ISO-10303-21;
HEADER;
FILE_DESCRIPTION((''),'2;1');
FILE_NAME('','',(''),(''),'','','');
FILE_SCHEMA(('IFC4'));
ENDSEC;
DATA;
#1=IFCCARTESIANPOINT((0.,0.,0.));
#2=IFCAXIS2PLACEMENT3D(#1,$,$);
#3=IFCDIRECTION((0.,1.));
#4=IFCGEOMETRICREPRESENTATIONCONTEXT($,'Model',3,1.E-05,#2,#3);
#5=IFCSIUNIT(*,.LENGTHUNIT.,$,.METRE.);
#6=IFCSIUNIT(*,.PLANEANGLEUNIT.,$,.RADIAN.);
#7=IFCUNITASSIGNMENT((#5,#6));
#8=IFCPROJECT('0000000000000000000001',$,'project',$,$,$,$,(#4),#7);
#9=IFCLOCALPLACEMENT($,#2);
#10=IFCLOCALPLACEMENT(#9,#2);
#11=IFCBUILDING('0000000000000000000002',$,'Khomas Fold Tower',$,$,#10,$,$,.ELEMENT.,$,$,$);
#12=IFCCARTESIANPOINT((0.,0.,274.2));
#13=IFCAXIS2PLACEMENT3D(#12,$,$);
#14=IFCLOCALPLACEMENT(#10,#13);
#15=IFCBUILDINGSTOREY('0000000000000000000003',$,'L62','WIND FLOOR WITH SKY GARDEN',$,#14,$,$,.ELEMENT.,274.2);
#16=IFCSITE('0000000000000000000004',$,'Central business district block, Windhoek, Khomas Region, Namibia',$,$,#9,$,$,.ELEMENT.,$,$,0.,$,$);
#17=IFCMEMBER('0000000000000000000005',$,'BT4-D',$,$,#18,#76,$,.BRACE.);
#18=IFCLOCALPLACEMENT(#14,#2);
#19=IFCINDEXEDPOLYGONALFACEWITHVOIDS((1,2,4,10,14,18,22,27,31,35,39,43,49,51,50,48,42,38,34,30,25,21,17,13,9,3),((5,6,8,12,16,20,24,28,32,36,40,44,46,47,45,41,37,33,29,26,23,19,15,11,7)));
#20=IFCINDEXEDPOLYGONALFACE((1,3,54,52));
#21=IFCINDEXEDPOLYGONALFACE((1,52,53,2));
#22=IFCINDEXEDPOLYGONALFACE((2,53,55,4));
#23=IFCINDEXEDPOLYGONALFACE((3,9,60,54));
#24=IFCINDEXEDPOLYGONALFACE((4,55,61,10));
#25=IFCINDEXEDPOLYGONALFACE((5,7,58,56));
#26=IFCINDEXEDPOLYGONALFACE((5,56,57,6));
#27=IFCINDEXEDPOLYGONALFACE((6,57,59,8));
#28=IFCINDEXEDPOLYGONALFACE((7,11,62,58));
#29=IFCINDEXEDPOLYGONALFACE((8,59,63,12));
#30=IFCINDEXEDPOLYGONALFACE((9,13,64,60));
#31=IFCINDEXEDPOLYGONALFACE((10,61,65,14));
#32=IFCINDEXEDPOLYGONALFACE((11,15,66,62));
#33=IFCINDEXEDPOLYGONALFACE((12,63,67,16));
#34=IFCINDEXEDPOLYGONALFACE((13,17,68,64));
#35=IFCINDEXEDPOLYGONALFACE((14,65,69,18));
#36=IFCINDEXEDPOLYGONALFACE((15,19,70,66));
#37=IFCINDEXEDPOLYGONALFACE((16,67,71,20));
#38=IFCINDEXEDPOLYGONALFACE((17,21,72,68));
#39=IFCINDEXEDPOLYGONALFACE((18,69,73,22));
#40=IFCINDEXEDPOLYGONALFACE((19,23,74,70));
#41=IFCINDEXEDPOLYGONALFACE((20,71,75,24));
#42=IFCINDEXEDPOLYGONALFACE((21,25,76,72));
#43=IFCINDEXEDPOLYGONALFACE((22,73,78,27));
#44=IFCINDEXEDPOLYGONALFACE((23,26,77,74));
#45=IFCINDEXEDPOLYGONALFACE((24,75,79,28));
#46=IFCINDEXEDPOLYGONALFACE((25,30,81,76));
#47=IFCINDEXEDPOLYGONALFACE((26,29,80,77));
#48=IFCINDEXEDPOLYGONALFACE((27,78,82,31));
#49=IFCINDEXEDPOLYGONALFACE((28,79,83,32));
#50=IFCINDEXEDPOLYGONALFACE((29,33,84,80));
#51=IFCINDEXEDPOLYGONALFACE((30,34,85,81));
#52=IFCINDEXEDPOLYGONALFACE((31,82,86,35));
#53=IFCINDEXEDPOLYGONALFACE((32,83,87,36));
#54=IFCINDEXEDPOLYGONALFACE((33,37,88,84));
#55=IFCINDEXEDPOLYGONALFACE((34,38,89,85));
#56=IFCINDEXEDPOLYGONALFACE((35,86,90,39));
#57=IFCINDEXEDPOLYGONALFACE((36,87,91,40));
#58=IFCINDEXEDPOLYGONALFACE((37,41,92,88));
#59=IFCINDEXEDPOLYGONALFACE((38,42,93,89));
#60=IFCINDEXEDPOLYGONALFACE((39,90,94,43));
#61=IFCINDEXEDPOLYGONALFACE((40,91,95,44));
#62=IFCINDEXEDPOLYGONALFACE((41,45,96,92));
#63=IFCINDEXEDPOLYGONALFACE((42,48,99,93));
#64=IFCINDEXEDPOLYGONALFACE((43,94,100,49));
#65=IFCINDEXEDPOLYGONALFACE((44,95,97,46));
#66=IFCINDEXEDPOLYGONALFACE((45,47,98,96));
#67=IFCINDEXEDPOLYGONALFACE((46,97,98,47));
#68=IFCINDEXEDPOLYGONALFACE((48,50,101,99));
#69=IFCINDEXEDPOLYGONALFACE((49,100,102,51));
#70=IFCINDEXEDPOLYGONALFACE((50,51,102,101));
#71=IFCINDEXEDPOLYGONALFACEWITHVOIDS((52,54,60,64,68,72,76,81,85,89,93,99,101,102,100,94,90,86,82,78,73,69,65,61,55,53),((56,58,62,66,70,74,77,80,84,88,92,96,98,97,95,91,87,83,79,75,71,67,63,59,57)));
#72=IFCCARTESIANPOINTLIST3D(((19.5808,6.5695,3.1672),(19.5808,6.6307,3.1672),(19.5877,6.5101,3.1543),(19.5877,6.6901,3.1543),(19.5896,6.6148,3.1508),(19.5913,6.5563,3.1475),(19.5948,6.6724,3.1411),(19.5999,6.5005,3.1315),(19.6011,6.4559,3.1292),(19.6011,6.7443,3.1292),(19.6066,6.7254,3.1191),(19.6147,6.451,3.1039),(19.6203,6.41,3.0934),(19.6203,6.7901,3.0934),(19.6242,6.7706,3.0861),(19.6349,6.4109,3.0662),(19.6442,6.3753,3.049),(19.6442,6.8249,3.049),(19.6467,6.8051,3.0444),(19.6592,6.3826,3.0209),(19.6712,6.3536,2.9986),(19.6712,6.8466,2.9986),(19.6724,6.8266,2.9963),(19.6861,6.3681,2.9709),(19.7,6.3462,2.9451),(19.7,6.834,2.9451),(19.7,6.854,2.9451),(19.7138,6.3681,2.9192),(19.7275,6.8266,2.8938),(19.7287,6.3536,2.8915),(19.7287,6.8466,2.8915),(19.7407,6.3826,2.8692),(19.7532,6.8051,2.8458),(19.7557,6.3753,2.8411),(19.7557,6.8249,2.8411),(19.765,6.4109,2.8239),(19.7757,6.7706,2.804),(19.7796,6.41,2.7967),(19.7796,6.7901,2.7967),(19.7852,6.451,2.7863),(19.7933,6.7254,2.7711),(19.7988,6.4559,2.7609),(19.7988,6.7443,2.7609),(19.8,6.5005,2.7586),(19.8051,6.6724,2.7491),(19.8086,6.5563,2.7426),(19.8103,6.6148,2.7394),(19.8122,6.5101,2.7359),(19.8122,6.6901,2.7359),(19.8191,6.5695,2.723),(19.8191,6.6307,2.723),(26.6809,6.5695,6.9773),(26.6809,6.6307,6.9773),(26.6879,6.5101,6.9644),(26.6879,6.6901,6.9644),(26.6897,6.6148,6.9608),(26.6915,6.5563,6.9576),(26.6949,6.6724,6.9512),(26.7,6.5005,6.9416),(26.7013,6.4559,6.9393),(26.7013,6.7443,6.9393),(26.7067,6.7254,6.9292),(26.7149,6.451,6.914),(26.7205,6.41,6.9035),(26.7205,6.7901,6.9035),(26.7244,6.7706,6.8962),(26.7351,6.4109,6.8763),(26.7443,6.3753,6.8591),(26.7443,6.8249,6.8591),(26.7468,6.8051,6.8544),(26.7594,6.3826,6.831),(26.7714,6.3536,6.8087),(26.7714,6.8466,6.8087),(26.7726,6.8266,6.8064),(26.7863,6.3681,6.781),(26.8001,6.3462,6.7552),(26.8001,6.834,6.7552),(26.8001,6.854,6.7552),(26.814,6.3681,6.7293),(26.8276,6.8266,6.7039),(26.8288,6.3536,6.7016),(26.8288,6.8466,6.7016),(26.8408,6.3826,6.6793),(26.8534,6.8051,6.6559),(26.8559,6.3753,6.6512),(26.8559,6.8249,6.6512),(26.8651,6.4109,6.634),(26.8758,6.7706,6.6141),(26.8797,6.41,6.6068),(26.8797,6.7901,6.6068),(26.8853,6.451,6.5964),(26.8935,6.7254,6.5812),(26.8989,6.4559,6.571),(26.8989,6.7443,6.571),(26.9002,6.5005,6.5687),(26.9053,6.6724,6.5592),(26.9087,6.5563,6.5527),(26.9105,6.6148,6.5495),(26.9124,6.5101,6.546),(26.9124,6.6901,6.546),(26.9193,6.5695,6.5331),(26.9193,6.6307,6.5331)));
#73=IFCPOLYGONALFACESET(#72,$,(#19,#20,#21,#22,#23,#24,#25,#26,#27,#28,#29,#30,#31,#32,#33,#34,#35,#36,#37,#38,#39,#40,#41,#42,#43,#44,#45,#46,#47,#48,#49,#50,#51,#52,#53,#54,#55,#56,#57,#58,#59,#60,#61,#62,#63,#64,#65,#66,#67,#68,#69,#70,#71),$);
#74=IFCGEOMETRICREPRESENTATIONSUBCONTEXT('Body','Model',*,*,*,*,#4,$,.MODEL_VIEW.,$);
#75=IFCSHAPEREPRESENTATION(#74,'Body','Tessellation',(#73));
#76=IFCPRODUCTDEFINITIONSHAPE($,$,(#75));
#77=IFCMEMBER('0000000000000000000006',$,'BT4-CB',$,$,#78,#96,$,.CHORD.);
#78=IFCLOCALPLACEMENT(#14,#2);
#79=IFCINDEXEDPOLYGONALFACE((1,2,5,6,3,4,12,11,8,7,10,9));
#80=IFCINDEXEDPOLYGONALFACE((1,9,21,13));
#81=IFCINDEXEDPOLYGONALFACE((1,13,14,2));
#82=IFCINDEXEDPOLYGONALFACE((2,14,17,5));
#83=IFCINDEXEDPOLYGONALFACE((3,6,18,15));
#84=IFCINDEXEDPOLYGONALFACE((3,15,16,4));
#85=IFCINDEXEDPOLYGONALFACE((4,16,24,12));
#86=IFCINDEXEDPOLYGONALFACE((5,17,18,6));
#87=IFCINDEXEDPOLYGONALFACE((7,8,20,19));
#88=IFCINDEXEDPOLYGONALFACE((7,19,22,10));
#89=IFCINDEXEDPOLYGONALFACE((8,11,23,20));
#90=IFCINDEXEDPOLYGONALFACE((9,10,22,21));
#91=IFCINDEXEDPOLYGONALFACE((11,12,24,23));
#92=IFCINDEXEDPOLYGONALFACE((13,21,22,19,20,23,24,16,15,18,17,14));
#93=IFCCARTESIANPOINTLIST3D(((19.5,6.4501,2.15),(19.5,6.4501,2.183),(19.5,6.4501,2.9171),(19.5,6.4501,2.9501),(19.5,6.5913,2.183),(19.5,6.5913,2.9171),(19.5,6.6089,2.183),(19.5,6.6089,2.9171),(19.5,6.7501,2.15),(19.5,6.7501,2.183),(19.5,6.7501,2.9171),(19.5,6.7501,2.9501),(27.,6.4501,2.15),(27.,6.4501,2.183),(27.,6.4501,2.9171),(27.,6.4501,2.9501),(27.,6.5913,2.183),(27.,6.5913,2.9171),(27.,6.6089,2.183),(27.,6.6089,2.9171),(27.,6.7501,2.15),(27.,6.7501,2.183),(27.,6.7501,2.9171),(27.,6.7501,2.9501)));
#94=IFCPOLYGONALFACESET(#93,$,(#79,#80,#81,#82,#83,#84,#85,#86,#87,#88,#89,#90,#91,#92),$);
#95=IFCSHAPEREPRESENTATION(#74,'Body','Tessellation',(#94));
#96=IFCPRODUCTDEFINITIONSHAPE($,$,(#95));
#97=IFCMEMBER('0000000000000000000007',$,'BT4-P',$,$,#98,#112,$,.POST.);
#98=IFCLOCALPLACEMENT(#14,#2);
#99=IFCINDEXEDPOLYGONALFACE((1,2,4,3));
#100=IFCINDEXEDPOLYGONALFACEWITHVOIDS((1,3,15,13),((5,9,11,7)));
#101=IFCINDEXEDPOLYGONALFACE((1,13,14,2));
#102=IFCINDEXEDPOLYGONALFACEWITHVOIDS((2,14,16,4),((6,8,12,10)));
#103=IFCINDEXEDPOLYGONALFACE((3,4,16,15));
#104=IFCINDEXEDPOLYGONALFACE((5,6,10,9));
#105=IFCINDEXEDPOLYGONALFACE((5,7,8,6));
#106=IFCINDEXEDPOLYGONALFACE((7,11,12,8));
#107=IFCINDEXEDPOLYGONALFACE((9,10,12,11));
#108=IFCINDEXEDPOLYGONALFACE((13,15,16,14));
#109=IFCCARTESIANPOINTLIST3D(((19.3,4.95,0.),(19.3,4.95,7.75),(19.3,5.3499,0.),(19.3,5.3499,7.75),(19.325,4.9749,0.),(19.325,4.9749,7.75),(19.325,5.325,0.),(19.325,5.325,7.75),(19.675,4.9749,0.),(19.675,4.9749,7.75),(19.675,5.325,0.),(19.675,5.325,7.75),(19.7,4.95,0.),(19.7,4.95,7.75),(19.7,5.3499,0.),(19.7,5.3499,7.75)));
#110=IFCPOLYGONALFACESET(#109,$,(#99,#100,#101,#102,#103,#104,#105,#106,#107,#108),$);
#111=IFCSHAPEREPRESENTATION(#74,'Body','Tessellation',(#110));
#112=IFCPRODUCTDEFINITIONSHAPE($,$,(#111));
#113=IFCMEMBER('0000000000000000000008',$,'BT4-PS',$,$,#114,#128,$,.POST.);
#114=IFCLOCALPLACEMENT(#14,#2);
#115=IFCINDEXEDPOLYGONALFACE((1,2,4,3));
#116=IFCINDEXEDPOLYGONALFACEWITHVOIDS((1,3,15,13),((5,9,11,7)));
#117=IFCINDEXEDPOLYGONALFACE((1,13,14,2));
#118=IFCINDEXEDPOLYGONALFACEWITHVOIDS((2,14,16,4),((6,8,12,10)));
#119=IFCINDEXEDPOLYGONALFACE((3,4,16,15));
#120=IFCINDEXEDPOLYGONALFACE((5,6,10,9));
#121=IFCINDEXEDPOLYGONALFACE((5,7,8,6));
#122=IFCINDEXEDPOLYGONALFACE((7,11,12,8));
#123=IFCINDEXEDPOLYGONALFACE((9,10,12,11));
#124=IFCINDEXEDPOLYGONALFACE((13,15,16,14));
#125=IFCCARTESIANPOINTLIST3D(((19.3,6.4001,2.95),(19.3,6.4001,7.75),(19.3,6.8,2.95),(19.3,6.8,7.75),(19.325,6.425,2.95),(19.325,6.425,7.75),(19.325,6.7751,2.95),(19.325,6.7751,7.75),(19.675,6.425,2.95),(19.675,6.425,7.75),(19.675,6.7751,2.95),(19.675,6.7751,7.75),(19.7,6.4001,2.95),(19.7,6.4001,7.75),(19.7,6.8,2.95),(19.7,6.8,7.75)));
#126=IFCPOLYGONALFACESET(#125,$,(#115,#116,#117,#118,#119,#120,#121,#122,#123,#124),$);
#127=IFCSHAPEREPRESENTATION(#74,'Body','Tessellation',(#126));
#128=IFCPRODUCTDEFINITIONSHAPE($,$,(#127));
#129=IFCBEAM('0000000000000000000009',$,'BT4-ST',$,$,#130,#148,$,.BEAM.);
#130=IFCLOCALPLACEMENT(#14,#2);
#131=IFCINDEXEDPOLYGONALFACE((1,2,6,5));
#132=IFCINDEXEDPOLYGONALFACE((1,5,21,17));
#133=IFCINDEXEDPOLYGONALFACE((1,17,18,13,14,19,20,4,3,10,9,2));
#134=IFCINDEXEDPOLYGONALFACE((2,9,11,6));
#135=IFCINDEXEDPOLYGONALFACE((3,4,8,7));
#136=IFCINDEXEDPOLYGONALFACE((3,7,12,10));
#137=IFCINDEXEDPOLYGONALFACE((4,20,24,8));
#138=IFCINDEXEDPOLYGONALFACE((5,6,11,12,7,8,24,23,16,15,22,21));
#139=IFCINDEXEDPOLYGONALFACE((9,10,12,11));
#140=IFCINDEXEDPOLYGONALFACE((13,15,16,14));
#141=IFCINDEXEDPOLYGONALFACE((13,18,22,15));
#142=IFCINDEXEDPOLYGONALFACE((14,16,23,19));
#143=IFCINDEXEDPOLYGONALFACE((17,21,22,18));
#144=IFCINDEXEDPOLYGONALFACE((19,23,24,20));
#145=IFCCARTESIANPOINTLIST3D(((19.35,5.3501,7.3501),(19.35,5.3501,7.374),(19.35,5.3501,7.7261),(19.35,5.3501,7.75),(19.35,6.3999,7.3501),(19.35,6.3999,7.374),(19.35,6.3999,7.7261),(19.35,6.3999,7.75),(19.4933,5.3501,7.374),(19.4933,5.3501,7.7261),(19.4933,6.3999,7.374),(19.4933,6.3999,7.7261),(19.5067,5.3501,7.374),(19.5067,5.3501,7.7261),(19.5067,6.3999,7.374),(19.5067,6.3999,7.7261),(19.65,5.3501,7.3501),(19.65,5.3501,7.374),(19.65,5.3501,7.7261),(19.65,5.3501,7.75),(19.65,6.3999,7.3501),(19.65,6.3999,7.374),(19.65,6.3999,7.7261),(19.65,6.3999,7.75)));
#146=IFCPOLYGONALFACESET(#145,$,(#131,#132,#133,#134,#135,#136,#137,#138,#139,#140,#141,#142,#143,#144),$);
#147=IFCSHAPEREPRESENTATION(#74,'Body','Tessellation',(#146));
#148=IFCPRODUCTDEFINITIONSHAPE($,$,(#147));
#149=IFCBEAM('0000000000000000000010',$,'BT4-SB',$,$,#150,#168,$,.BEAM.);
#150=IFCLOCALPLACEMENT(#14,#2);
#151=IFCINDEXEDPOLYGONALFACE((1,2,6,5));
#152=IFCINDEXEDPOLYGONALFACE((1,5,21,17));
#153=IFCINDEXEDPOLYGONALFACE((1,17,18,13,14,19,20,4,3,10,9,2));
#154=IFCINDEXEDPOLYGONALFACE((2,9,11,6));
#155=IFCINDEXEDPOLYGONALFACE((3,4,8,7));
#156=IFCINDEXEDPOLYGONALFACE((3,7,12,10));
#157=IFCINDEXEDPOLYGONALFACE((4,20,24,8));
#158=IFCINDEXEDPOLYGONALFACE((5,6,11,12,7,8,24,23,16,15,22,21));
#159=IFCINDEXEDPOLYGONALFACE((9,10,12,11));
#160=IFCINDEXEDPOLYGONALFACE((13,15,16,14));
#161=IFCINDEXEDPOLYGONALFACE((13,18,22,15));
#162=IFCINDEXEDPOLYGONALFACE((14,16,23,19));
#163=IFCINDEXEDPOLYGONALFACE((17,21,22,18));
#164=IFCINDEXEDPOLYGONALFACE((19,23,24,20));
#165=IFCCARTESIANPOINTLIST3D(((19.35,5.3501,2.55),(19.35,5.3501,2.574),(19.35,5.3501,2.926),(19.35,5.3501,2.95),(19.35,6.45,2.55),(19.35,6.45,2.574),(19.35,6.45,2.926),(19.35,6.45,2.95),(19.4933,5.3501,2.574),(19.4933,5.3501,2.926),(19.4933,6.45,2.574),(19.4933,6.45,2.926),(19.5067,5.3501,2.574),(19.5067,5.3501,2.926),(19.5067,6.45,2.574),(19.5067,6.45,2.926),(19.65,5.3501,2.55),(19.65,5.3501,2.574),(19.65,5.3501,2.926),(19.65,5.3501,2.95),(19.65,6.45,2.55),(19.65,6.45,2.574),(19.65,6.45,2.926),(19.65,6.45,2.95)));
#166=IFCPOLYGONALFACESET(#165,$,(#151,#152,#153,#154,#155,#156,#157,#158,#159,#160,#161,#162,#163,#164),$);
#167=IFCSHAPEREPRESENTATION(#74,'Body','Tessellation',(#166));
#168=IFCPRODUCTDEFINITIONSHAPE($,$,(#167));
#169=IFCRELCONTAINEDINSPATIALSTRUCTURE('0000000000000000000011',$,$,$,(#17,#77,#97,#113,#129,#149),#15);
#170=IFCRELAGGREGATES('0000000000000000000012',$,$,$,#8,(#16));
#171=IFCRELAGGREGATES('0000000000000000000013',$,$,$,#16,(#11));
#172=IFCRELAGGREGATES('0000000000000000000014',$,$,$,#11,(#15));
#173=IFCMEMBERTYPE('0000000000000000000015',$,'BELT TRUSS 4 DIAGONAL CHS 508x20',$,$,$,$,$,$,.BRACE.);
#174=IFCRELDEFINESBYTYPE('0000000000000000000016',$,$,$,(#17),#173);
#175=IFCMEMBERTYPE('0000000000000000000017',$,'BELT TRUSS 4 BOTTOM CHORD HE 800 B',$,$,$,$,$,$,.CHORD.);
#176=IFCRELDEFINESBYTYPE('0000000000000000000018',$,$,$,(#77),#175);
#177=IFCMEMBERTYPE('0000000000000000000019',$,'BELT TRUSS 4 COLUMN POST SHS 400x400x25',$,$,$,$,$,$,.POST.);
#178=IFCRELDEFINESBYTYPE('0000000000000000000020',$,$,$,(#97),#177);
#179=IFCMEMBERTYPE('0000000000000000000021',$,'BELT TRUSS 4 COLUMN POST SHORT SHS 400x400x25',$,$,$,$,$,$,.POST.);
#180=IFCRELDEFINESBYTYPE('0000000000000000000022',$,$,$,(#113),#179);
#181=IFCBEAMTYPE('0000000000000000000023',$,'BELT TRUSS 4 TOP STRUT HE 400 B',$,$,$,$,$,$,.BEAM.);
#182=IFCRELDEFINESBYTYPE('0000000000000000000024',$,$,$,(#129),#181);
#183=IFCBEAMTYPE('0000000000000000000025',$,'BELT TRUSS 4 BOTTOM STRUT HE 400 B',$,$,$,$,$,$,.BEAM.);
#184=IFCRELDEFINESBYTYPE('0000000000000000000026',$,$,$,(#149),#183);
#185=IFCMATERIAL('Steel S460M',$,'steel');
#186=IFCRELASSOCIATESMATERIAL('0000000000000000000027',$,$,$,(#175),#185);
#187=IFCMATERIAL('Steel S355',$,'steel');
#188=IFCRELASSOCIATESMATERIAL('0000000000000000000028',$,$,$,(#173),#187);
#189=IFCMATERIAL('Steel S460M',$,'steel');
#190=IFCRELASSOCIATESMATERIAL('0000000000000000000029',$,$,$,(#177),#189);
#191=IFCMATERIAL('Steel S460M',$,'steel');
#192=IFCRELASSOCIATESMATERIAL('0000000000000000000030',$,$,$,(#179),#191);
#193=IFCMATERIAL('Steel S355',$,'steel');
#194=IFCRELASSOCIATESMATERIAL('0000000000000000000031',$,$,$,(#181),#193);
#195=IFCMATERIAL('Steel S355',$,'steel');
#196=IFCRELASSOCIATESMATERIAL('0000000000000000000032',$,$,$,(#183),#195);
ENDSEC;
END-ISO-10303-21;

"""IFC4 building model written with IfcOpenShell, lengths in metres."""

from ifc_helpers import new_model, si_unit, direction, frame, origin, origin_2d, place, context, subcontext, project, spatial, hollow_rectangle, hollow_circle, i_section, extrude, source, transform, mapped, material, material_profile, profile_set, type_object, element, save


model = new_model("IFC4")

# Units and contexts
model_context = context("Model", 3, precision=1e-05, world=origin(), true_north=direction((0.0, 1.0)))
body_context = subcontext(model_context, "Body", "Model", "MODEL_VIEW")
ifc_project = project(units=[si_unit("LENGTHUNIT", "METRE"), si_unit("PLANEANGLEUNIT", "RADIAN")], contexts=[model_context])

# Site, building, storey
site_placement = place(None, origin())
site = spatial("IfcSite", under=ifc_project, at=site_placement, Name="Central business district block, Windhoek, Khomas Region, Namibia", CompositionType="ELEMENT", RefElevation=0.0)
building_placement = place(site_placement, origin())
building = spatial("IfcBuilding", under=site, at=building_placement, Name="Khomas Fold Tower", CompositionType="ELEMENT")
storey_placement = place(building_placement, frame((0.0, 0.0, 274.2)))
storey = spatial("IfcBuildingStorey", under=building, at=storey_placement, Name="L62", Description="WIND FLOOR WITH SKY GARDEN", CompositionType="ELEMENT", Elevation=274.2)

# Members
ifc_material_1 = material(Name="Steel S460M", Category="steel")
ifc_material_profile_1 = material_profile(ifc_material_1, i_section(OverallWidth=0.3, OverallDepth=0.8, WebThickness=0.0176, FlangeThickness=0.033, at=origin_2d()), Name="HE 800 B")
ifc_profile_set_1 = profile_set([ifc_material_profile_1], Name="Steel S460M")
member_type_1 = type_object("IfcMemberType", Name="BELT TRUSS 4 BOTTOM CHORD HE 800 B", PredefinedType="CHORD", material=ifc_profile_set_1)
ifc_material_2 = material(Name="Steel S355", Category="steel")
ifc_material_profile_2 = material_profile(ifc_material_2, hollow_circle(Radius=0.2539, WallThickness=0.02, at=origin_2d()), Name="CHS 508x20")
ifc_profile_set_2 = profile_set([ifc_material_profile_2], Name="Steel S355")
member_type_2 = type_object("IfcMemberType", Name="BELT TRUSS 4 DIAGONAL CHS 508x20", PredefinedType="BRACE", material=ifc_profile_set_2)
shared_shape_1 = source(origin(), body_context, "Body", "SweptSolid", [
    extrude(hollow_circle(Radius=0.2539, WallThickness=0.02, at=origin_2d()), origin(), (0.0, 0.0, 1.0), 8.0579),
])
for number, where, z_axis, x_axis, name in (
    (1, (19.7, 6.6001, 2.9451), (0.881147, 0.0, 0.472842), (0.0, 1.0, 0.0), "BT4-D"),
):
    element("IfcMember", number, at=place(storey_placement, frame(where, z_axis=z_axis, x_axis=x_axis)), inside=storey, type_object=member_type_2, Name=name, PredefinedType="BRACE", context=body_context, shape_type="MappedRepresentation", body=[
        mapped(shared_shape_1, transform((0.0, 0.0, 0.0))),
    ])
shared_shape_2 = source(origin(), body_context, "Body", "SweptSolid", [
    extrude(i_section(OverallWidth=0.3, OverallDepth=0.8, WebThickness=0.0176, FlangeThickness=0.033, at=origin_2d()), origin(), (0.0, 0.0, 1.0), 7.5),
])
member_1_placement = place(storey_placement, frame((19.5, 6.6001, 2.55), z_axis=(1.0, 0.0, 0.0), x_axis=(0.0, 1.0, 0.0)))
element("IfcMember", 2, at=member_1_placement, inside=storey, type_object=member_type_1, Name="BT4-CB", PredefinedType="CHORD", context=body_context, shape_type="MappedRepresentation", body=[
    mapped(shared_shape_2, transform((0.0, 0.0, 0.0))),
])
ifc_material_3 = material(Name="Steel S460M", Category="steel")
ifc_material_profile_3 = material_profile(ifc_material_3, hollow_rectangle(XDim=0.3999, YDim=0.3999, WallThickness=0.0249, at=origin_2d()), Name="SHS 400x400x25")
ifc_profile_set_3 = profile_set([ifc_material_profile_3], Name="Steel S460M")
member_type_3 = type_object("IfcMemberType", Name="BELT TRUSS 4 COLUMN POST SHS 400x400x25", PredefinedType="POST", material=ifc_profile_set_3)
shared_shape_3 = source(origin(), body_context, "Body", "SweptSolid", [
    extrude(hollow_rectangle(XDim=0.3999, YDim=0.3999, WallThickness=0.0249, at=origin_2d()), origin(), (0.0, 0.0, 1.0), 7.75),
])
member_2_placement = place(storey_placement, frame((19.5, 5.1499, 0.0), z_axis=(0.0, 0.0, 1.0), x_axis=(1.0, 0.0, 0.0)))
element("IfcMember", 3, at=member_2_placement, inside=storey, type_object=member_type_3, Name="BT4-P", PredefinedType="POST", context=body_context, shape_type="MappedRepresentation", body=[
    mapped(shared_shape_3, transform((0.0, 0.0, 0.0))),
])
ifc_material_4 = material(Name="Steel S460M", Category="steel")
ifc_material_profile_4 = material_profile(ifc_material_4, hollow_rectangle(XDim=0.3999, YDim=0.3999, WallThickness=0.0249, at=origin_2d()), Name="SHS 400x400x25")
ifc_profile_set_4 = profile_set([ifc_material_profile_4], Name="Steel S460M")
member_type_4 = type_object("IfcMemberType", Name="BELT TRUSS 4 COLUMN POST SHORT SHS 400x400x25", PredefinedType="POST", material=ifc_profile_set_4)
shared_shape_4 = source(origin(), body_context, "Body", "SweptSolid", [
    extrude(hollow_rectangle(XDim=0.3999, YDim=0.3999, WallThickness=0.0249, at=origin_2d()), origin(), (0.0, 0.0, 1.0), 4.8),
])
member_3_placement = place(storey_placement, frame((19.5, 6.6001, 2.95), z_axis=(0.0, 0.0, 1.0), x_axis=(1.0, 0.0, 0.0)))
element("IfcMember", 4, at=member_3_placement, inside=storey, type_object=member_type_4, Name="BT4-PS", PredefinedType="POST", context=body_context, shape_type="MappedRepresentation", body=[
    mapped(shared_shape_4, transform((0.0, 0.0, 0.0))),
])

# Beams
ifc_material_5 = material(Name="Steel S355", Category="steel")
ifc_material_profile_5 = material_profile(ifc_material_5, i_section(OverallWidth=0.3, OverallDepth=0.3999, WebThickness=0.0134, FlangeThickness=0.0239, at=origin_2d()), Name="HE 400 B")
ifc_profile_set_5 = profile_set([ifc_material_profile_5], Name="Steel S355")
beam_type_1 = type_object("IfcBeamType", Name="BELT TRUSS 4 TOP STRUT HE 400 B", PredefinedType="BEAM", material=ifc_profile_set_5)
shared_shape_5 = source(origin(), body_context, "Body", "SweptSolid", [
    extrude(i_section(OverallWidth=0.3, OverallDepth=0.3999, WebThickness=0.0134, FlangeThickness=0.0239, at=origin_2d()), origin(), (0.0, 0.0, 1.0), 1.0498),
])
beam_1_placement = place(storey_placement, frame((19.5, 6.3999, 7.55), z_axis=(0.0, -1.0, 0.0), x_axis=(1.0, 0.0, 0.0)))
element("IfcBeam", 5, at=beam_1_placement, inside=storey, type_object=beam_type_1, Name="BT4-ST", PredefinedType="BEAM", context=body_context, shape_type="MappedRepresentation", body=[
    mapped(shared_shape_5, transform((0.0, 0.0, 0.0))),
])
ifc_material_6 = material(Name="Steel S355", Category="steel")
ifc_material_profile_6 = material_profile(ifc_material_6, i_section(OverallWidth=0.3, OverallDepth=0.3999, WebThickness=0.0134, FlangeThickness=0.0239, at=origin_2d()), Name="HE 400 B")
ifc_profile_set_6 = profile_set([ifc_material_profile_6], Name="Steel S355")
beam_type_2 = type_object("IfcBeamType", Name="BELT TRUSS 4 BOTTOM STRUT HE 400 B", PredefinedType="BEAM", material=ifc_profile_set_6)
shared_shape_6 = source(origin(), body_context, "Body", "SweptSolid", [
    extrude(i_section(OverallWidth=0.3, OverallDepth=0.3999, WebThickness=0.0134, FlangeThickness=0.0239, at=origin_2d()), origin(), (0.0, 0.0, 1.0), 1.0999),
])
beam_2_placement = place(storey_placement, frame((19.5, 6.45, 2.75), z_axis=(0.0, -1.0, 0.0), x_axis=(1.0, 0.0, 0.0)))
element("IfcBeam", 6, at=beam_2_placement, inside=storey, type_object=beam_type_2, Name="BT4-SB", PredefinedType="BEAM", context=body_context, shape_type="MappedRepresentation", body=[
    mapped(shared_shape_6, transform((0.0, 0.0, 0.0))),
])

save(model, "model.ifc")
